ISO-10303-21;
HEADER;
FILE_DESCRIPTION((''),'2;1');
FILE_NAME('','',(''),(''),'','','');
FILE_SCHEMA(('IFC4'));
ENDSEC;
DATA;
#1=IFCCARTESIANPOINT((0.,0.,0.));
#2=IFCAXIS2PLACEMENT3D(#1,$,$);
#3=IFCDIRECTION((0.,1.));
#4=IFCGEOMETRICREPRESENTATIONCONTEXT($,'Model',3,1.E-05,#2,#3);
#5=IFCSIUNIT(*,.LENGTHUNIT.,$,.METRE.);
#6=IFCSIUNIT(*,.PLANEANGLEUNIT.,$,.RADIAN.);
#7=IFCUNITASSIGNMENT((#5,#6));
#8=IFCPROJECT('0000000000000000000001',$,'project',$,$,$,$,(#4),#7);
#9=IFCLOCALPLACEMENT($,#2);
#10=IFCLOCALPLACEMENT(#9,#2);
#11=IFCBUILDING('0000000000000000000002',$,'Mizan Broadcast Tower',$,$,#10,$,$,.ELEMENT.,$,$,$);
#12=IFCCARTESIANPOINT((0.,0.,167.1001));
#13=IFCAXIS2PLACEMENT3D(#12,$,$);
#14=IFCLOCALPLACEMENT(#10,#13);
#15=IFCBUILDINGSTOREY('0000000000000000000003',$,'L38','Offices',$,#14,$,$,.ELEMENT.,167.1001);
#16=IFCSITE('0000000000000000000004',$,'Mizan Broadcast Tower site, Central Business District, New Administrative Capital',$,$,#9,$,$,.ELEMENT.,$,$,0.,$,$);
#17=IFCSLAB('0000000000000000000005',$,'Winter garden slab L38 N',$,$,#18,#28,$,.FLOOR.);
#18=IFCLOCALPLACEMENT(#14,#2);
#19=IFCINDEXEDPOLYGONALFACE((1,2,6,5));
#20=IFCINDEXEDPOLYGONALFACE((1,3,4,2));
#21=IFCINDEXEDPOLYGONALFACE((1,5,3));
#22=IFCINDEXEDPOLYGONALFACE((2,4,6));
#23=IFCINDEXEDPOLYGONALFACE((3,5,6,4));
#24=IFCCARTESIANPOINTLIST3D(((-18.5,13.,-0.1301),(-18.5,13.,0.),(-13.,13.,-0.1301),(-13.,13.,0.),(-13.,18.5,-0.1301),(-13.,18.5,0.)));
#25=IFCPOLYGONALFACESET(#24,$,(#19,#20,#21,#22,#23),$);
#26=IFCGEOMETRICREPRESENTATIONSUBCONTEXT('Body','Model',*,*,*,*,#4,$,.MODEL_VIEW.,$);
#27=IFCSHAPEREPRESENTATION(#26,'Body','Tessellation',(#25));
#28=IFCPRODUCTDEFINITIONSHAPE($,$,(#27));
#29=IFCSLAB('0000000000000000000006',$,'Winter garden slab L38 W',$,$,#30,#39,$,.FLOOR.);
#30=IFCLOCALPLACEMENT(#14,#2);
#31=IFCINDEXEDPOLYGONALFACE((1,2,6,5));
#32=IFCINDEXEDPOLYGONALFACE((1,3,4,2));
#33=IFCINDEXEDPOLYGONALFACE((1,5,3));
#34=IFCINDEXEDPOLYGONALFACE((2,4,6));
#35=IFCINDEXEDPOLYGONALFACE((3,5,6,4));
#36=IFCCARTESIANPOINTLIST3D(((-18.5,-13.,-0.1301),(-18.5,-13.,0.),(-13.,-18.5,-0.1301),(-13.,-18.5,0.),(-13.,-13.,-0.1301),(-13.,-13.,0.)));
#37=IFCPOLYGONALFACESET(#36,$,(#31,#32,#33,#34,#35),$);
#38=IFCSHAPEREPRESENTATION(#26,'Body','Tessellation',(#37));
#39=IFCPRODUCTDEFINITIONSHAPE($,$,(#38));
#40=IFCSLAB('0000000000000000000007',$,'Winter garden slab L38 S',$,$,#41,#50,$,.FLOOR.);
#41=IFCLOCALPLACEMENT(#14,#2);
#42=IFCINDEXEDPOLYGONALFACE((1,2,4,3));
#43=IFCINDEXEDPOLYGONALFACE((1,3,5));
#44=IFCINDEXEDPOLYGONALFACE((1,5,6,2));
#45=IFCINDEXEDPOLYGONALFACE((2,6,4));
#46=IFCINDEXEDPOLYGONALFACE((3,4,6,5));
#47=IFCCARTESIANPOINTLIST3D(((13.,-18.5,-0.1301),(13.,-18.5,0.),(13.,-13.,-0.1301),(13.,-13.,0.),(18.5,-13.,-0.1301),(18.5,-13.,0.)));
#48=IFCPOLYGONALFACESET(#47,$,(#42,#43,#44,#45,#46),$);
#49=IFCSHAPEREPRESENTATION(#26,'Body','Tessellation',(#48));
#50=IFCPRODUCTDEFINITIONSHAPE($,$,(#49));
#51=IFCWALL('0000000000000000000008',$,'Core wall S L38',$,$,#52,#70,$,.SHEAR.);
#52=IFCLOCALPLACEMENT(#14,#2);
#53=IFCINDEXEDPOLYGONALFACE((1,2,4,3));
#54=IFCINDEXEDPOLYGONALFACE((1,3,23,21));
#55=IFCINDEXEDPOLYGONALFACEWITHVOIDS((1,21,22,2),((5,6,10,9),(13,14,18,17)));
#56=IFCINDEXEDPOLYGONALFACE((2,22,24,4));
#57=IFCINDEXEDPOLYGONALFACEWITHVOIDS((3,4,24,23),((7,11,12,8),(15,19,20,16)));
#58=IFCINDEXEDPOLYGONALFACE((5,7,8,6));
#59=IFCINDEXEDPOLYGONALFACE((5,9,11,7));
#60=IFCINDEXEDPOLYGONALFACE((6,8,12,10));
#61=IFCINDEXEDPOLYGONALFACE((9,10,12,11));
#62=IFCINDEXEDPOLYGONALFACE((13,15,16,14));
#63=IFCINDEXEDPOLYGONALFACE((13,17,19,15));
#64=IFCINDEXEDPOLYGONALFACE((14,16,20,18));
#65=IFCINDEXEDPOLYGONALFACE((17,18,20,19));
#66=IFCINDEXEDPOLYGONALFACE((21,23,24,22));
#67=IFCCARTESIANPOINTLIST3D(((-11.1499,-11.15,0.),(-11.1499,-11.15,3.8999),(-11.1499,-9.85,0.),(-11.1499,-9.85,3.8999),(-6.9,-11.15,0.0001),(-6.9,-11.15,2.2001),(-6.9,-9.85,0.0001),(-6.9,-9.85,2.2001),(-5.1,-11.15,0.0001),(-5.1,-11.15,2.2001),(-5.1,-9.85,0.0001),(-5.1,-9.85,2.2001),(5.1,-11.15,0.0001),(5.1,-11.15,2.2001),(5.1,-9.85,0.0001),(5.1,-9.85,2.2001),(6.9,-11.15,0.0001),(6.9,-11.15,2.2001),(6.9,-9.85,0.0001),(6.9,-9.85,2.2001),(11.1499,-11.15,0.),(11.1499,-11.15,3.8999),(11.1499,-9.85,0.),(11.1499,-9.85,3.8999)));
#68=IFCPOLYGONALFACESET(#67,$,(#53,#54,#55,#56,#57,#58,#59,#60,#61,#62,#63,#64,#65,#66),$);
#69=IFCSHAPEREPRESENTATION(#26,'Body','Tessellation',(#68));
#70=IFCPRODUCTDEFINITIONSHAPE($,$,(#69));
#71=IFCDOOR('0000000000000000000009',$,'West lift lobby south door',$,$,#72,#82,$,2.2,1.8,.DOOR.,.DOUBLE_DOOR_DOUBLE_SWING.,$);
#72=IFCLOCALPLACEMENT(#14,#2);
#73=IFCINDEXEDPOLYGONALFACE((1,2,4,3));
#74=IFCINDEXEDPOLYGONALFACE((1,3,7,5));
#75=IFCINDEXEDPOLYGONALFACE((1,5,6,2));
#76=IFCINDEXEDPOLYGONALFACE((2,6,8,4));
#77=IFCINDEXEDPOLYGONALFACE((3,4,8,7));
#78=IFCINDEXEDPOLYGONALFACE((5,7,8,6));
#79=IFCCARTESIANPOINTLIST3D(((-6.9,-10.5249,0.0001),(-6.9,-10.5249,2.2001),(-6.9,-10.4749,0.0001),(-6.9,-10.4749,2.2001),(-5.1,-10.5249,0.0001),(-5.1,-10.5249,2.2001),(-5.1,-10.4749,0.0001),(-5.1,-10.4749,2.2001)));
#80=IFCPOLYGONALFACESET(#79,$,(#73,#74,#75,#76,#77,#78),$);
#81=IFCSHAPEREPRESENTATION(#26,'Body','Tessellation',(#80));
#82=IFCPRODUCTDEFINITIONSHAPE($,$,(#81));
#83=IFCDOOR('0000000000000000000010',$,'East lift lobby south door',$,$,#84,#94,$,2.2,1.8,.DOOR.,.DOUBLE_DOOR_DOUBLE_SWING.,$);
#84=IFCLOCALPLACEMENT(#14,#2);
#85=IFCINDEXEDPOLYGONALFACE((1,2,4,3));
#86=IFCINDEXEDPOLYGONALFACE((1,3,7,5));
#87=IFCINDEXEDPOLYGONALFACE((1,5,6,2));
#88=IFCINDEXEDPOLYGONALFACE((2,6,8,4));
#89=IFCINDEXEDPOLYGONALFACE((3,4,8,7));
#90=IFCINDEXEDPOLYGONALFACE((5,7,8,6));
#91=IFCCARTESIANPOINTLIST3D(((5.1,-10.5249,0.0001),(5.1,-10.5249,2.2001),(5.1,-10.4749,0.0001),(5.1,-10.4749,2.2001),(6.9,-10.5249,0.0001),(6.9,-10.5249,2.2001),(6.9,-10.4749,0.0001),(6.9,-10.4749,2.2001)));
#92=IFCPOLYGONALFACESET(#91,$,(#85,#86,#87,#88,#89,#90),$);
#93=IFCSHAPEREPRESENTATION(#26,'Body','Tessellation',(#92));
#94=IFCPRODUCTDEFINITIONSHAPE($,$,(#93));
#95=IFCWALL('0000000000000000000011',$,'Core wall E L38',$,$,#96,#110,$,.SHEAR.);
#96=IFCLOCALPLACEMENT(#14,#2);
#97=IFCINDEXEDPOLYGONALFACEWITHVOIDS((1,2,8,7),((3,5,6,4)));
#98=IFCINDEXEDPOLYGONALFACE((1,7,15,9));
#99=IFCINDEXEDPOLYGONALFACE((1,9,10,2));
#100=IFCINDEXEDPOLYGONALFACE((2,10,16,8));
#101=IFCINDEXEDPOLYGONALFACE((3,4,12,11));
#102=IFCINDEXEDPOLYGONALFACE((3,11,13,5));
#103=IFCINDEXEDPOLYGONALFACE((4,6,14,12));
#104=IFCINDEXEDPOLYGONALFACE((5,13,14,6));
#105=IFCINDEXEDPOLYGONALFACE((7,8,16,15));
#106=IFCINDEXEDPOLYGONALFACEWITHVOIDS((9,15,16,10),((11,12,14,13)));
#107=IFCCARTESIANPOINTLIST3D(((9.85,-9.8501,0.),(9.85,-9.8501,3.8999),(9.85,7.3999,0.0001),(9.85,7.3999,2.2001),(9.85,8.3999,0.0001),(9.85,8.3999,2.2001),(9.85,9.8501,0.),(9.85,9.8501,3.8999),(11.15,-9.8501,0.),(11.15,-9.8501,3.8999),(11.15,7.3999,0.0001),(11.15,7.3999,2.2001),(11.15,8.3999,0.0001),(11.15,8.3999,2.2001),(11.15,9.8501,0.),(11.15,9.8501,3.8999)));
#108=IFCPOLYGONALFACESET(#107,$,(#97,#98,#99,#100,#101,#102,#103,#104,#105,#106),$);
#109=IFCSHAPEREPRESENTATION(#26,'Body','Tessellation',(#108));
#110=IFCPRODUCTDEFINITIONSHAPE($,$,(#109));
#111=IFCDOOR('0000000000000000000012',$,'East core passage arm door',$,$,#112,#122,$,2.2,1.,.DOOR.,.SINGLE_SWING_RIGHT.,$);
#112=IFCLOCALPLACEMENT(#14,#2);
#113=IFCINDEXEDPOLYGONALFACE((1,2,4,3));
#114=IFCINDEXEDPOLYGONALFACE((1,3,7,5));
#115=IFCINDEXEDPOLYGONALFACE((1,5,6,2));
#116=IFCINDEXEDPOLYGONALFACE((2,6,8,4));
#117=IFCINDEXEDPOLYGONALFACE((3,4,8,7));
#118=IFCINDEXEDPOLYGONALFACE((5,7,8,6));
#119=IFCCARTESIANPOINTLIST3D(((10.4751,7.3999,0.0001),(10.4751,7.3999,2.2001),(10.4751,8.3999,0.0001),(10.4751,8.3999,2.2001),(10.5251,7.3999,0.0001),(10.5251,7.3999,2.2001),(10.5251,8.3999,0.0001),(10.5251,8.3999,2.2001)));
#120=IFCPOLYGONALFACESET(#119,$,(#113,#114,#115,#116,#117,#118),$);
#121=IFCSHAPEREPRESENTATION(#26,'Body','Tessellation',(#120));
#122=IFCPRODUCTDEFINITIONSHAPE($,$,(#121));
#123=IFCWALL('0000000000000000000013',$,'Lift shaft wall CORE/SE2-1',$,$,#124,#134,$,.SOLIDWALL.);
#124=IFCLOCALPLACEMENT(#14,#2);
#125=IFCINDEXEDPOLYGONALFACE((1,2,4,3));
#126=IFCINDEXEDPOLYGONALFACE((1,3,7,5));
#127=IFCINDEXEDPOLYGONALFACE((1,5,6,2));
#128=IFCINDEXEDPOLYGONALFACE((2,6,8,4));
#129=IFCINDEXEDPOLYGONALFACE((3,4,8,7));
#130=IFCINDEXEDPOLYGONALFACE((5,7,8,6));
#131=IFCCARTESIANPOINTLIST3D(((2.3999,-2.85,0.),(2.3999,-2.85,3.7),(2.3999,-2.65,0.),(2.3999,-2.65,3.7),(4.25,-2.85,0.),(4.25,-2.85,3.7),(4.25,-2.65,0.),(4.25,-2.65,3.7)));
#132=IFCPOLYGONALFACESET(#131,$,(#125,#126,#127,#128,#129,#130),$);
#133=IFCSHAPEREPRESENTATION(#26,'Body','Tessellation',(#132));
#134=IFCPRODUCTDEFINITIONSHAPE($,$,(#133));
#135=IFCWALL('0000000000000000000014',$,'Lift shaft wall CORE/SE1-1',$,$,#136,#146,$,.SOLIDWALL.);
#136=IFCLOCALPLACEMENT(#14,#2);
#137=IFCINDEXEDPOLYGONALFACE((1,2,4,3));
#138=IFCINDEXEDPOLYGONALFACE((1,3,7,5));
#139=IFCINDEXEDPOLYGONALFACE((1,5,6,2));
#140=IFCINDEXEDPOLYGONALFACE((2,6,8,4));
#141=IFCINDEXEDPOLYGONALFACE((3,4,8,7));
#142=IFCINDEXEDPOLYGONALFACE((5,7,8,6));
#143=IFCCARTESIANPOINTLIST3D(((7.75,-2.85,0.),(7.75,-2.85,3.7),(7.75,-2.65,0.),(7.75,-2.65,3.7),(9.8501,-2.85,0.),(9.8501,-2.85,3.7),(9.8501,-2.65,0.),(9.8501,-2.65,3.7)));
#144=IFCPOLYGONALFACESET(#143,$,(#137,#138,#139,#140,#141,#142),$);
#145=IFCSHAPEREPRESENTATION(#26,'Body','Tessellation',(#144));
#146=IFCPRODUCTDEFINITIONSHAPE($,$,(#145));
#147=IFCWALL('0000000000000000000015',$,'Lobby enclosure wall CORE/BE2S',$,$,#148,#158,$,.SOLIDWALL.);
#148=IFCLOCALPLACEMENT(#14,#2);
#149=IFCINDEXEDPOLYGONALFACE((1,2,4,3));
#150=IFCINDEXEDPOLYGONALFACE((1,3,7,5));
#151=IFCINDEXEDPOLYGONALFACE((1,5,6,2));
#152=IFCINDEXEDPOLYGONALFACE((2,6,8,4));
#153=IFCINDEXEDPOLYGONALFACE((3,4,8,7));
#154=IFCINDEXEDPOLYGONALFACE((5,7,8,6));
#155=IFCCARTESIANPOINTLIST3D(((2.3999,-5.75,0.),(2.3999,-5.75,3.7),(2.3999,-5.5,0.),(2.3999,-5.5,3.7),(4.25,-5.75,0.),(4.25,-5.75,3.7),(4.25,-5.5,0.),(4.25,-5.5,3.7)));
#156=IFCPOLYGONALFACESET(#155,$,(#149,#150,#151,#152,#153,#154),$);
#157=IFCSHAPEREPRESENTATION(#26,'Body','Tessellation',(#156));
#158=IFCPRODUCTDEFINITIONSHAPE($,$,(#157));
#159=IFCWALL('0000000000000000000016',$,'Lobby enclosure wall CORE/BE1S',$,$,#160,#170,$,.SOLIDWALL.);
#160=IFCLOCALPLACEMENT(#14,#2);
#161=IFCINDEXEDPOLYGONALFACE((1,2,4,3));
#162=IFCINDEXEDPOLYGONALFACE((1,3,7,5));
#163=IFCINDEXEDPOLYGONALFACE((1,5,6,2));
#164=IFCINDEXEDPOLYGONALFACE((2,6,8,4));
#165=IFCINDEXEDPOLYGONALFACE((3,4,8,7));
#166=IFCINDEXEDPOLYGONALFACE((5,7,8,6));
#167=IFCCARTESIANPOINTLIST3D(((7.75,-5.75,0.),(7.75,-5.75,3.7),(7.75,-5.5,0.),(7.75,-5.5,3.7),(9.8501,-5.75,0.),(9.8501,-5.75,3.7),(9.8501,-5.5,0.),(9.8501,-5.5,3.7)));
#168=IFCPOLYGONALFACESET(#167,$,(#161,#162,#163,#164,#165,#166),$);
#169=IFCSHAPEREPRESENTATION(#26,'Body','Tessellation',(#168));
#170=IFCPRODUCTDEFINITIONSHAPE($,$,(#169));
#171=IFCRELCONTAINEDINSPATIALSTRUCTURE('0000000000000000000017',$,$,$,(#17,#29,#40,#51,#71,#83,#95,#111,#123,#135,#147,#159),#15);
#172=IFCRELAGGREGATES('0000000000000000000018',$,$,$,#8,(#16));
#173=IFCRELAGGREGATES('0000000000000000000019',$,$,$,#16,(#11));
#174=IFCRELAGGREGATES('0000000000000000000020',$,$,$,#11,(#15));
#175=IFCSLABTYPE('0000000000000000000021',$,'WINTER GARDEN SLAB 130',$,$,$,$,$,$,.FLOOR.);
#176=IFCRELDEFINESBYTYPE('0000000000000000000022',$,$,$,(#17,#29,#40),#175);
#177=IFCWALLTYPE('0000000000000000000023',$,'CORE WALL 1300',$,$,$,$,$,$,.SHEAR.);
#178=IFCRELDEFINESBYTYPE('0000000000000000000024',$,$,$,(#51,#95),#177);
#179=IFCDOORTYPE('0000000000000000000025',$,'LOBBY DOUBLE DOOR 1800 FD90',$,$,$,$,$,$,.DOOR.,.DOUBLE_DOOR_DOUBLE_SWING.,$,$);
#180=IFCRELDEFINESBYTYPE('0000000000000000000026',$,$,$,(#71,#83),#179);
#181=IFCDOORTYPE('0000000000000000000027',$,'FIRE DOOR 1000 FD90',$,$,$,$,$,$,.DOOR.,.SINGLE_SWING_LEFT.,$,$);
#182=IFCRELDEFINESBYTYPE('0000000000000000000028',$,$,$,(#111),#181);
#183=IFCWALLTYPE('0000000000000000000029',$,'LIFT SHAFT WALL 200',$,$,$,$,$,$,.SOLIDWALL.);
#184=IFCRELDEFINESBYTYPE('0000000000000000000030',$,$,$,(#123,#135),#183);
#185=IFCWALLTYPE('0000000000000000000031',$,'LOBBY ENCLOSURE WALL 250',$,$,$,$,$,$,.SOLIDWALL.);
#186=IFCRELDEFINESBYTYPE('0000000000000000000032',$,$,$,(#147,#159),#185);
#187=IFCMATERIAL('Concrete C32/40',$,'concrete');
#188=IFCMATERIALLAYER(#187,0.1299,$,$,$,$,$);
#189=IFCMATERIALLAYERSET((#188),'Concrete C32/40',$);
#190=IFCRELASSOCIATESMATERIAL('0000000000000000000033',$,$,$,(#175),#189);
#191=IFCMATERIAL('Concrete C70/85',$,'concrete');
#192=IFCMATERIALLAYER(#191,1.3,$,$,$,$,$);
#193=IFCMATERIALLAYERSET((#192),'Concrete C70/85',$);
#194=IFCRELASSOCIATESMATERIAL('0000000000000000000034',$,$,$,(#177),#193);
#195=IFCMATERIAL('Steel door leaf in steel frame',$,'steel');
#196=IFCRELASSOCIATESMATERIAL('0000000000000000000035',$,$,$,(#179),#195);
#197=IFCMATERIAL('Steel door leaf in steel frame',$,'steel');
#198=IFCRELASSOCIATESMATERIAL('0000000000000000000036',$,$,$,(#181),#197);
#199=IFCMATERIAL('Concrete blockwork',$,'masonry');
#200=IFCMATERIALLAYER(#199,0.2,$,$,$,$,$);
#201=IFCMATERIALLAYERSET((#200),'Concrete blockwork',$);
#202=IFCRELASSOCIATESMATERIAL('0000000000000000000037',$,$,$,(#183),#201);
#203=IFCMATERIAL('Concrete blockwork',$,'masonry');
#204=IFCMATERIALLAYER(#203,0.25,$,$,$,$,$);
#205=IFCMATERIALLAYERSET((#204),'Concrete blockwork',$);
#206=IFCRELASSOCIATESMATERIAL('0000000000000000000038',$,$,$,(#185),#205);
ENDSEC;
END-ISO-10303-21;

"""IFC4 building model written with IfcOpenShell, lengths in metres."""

from ifc_helpers import new_model, si_unit, direction, frame, frame_2d, origin, place, context, subcontext, project, spatial, polyline, rectangle, outline, extrude, material, layer, layer_set, type_object, element, fill, save


model = new_model("IFC4")

# Units and contexts
model_context = context("Model", 3, precision=1e-05, world=origin(), true_north=direction((0.0, 1.0)))
body_context = subcontext(model_context, "Body", "Model", "MODEL_VIEW")
ifc_project = project(units=[si_unit("LENGTHUNIT", "METRE"), si_unit("PLANEANGLEUNIT", "RADIAN")], contexts=[model_context])

# Site, building, storey
site_placement = place(None, origin())
site = spatial("IfcSite", under=ifc_project, at=site_placement, Name="Mizan Broadcast Tower site, Central Business District, New Administrative Capital", CompositionType="ELEMENT", RefElevation=0.0)
building_placement = place(site_placement, origin())
building = spatial("IfcBuilding", under=site, at=building_placement, Name="Mizan Broadcast Tower", CompositionType="ELEMENT")
storey_placement = place(building_placement, frame((0.0, 0.0, 167.1001)))
storey = spatial("IfcBuildingStorey", under=building, at=storey_placement, Name="L38", Description="Offices", CompositionType="ELEMENT", Elevation=167.1001)

# Slabs
ifc_material_1 = material(Name="Concrete C32/40", Category="concrete")
ifc_layer_1 = layer(ifc_material_1, 0.1299)
ifc_layer_set_1 = layer_set([ifc_layer_1], Name="Concrete C32/40")
slab_type_1 = type_object("IfcSlabType", Name="WINTER GARDEN SLAB 130", PredefinedType="FLOOR", material=ifc_layer_set_1)
slab_1_placement = place(storey_placement, frame((0.0, 0.0, -0.1301)))
element("IfcSlab", 1, at=slab_1_placement, inside=storey, type_object=slab_type_1, Name="Winter garden slab L38 N", PredefinedType="FLOOR", context=body_context, shape_type="SweptSolid", body=[
    extrude(outline(polyline([(-13.0, 13.0), (-13.0, 18.5), (-18.5, 13.0), (-13.0, 13.0)])), origin(), (0.0, 0.0, 1.0), 0.1301),
])
slab_2_placement = place(storey_placement, frame((0.0, 0.0, -0.1301)))
element("IfcSlab", 2, at=slab_2_placement, inside=storey, type_object=slab_type_1, Name="Winter garden slab L38 W", PredefinedType="FLOOR", context=body_context, shape_type="SweptSolid", body=[
    extrude(outline(polyline([(-13.0, -13.0), (-18.5, -13.0), (-13.0, -18.5), (-13.0, -13.0)])), origin(), (0.0, 0.0, 1.0), 0.1301),
])
slab_3_placement = place(storey_placement, frame((0.0, 0.0, -0.1301)))
element("IfcSlab", 3, at=slab_3_placement, inside=storey, type_object=slab_type_1, Name="Winter garden slab L38 S", PredefinedType="FLOOR", context=body_context, shape_type="SweptSolid", body=[
    extrude(outline(polyline([(13.0, -13.0), (13.0, -18.5), (18.5, -13.0), (13.0, -13.0)])), origin(), (0.0, 0.0, 1.0), 0.1301),
])

# Wall, openings, doors
ifc_material_2 = material(Name="Concrete C70/85", Category="concrete")
ifc_layer_2 = layer(ifc_material_2, 1.3)
ifc_layer_set_2 = layer_set([ifc_layer_2], Name="Concrete C70/85")
wall_type_1 = type_object("IfcWallType", Name="CORE WALL 1300", PredefinedType="SHEAR", material=ifc_layer_set_2)
wall_1_placement = place(storey_placement, frame((11.1499, -10.5, 0.0), z_axis=(0.0, 0.0, 1.0), x_axis=(-1.0, 0.0, 0.0)))
wall_1 = element("IfcWall", 4, at=wall_1_placement, inside=storey, type_object=wall_type_1, Name="Core wall S L38", PredefinedType="SHEAR", context=body_context, shape_type="SweptSolid", body=[
    extrude(rectangle(XDim=22.2998, YDim=1.3, at=frame_2d((11.1499, 0.0))), origin(), (0.0, 0.0, 1.0), 3.8999),
])
opening_1_placement = place(wall_1_placement, frame((16.25, 0.0, 0.0)))
opening_1 = element("IfcOpeningElement", 5, at=opening_1_placement, cuts=wall_1, PredefinedType="OPENING", context=body_context, shape_type="SweptSolid", body=[
    extrude(rectangle(XDim=1.8, YDim=2.2, at=frame_2d((0.8999, 1.1001))), frame((0.0, 0.6599, 0.0), z_axis=(0.0, -1.0, 0.0), x_axis=(1.0, 0.0, 0.0)), (0.0, 0.0, 1.0), 1.3201),
])
opening_2_placement = place(wall_1_placement, frame((4.25, 0.0, 0.0)))
opening_2 = element("IfcOpeningElement", 6, at=opening_2_placement, cuts=wall_1, PredefinedType="OPENING", context=body_context, shape_type="SweptSolid", body=[
    extrude(rectangle(XDim=1.8, YDim=2.2, at=frame_2d((0.8999, 1.1001))), frame((0.0, 0.6599, 0.0), z_axis=(0.0, -1.0, 0.0), x_axis=(1.0, 0.0, 0.0)), (0.0, 0.0, 1.0), 1.3201),
])
ifc_material_3 = material(Name="Steel door leaf in steel frame", Category="steel")
door_type_1 = type_object("IfcDoorType", Name="LOBBY DOUBLE DOOR 1800 FD90", OperationType="DOUBLE_DOOR_DOUBLE_SWING", PredefinedType="DOOR", material=ifc_material_3)
door_1_placement = place(opening_1_placement, origin())
door_1 = element("IfcDoor", 7, at=door_1_placement, inside=storey, type_object=door_type_1, Name="West lift lobby south door", OperationType="DOUBLE_DOOR_DOUBLE_SWING", OverallHeight=2.2, OverallWidth=1.8, PredefinedType="DOOR", context=body_context, shape_type="SweptSolid", body=[
    extrude(rectangle(XDim=1.8, YDim=2.2, at=frame_2d((0.8999, 1.1001))), frame((0.0, 0.0249, 0.0), z_axis=(0.0, -1.0, 0.0), x_axis=(1.0, 0.0, 0.0)), (0.0, 0.0, 1.0), 0.05),
])
fill(opening_1, door_1)
door_2_placement = place(opening_2_placement, origin())
door_2 = element("IfcDoor", 8, at=door_2_placement, inside=storey, type_object=door_type_1, Name="East lift lobby south door", OperationType="DOUBLE_DOOR_DOUBLE_SWING", OverallHeight=2.2, OverallWidth=1.8, PredefinedType="DOOR", context=body_context, shape_type="SweptSolid", body=[
    extrude(rectangle(XDim=1.8, YDim=2.2, at=frame_2d((0.8999, 1.1001))), frame((0.0, 0.0249, 0.0), z_axis=(0.0, -1.0, 0.0), x_axis=(1.0, 0.0, 0.0)), (0.0, 0.0, 1.0), 0.05),
])
fill(opening_2, door_2)

# Wall, opening, door
wall_2_placement = place(storey_placement, frame((10.5, -9.8501, 0.0), z_axis=(0.0, 0.0, 1.0), x_axis=(0.0, 1.0, 0.0)))
wall_2 = element("IfcWall", 9, at=wall_2_placement, inside=storey, type_object=wall_type_1, Name="Core wall E L38", PredefinedType="SHEAR", context=body_context, shape_type="SweptSolid", body=[
    extrude(rectangle(XDim=19.7002, YDim=1.3, at=frame_2d((9.8501, 0.0))), origin(), (0.0, 0.0, 1.0), 3.8999),
])
opening_3_placement = place(wall_2_placement, frame((17.25, 0.0, 0.0)))
opening_3 = element("IfcOpeningElement", 10, at=opening_3_placement, cuts=wall_2, PredefinedType="OPENING", context=body_context, shape_type="SweptSolid", body=[
    extrude(rectangle(XDim=1.0, YDim=2.2, at=frame_2d((0.5, 1.1001))), frame((0.0, 0.6599, 0.0), z_axis=(0.0, -1.0, 0.0), x_axis=(1.0, 0.0, 0.0)), (0.0, 0.0, 1.0), 1.3201),
])
ifc_material_4 = material(Name="Steel door leaf in steel frame", Category="steel")
door_type_2 = type_object("IfcDoorType", Name="FIRE DOOR 1000 FD90", OperationType="SINGLE_SWING_LEFT", PredefinedType="DOOR", material=ifc_material_4)
door_3_placement = place(opening_3_placement, origin())
door_3 = element("IfcDoor", 11, at=door_3_placement, inside=storey, type_object=door_type_2, Name="East core passage arm door", OperationType="SINGLE_SWING_RIGHT", OverallHeight=2.2, OverallWidth=1.0, PredefinedType="DOOR", context=body_context, shape_type="SweptSolid", body=[
    extrude(rectangle(XDim=1.0, YDim=2.2, at=frame_2d((0.5, 1.1001))), frame((0.0, 0.0249, 0.0), z_axis=(0.0, -1.0, 0.0), x_axis=(1.0, 0.0, 0.0)), (0.0, 0.0, 1.0), 0.05),
])
fill(opening_3, door_3)

# Walls
ifc_material_5 = material(Name="Concrete blockwork", Category="masonry")
ifc_layer_3 = layer(ifc_material_5, 0.2)
ifc_layer_set_3 = layer_set([ifc_layer_3], Name="Concrete blockwork")
wall_type_2 = type_object("IfcWallType", Name="LIFT SHAFT WALL 200", PredefinedType="SOLIDWALL", material=ifc_layer_set_3)
wall_3_placement = place(storey_placement, frame((2.3999, -2.75, 0.0), z_axis=(0.0, 0.0, 1.0), x_axis=(1.0, 0.0, 0.0)))
element("IfcWall", 12, at=wall_3_placement, inside=storey, type_object=wall_type_2, Name="Lift shaft wall CORE/SE2-1", PredefinedType="SOLIDWALL", context=body_context, shape_type="SweptSolid", body=[
    extrude(rectangle(XDim=1.8501, YDim=0.2, at=frame_2d((0.925, 0.0))), origin(), (0.0, 0.0, 1.0), 3.7),
])
wall_4_placement = place(storey_placement, frame((7.75, -2.75, 0.0), z_axis=(0.0, 0.0, 1.0), x_axis=(1.0, 0.0, 0.0)))
element("IfcWall", 13, at=wall_4_placement, inside=storey, type_object=wall_type_2, Name="Lift shaft wall CORE/SE1-1", PredefinedType="SOLIDWALL", context=body_context, shape_type="SweptSolid", body=[
    extrude(rectangle(XDim=2.1001, YDim=0.2, at=frame_2d((1.05, 0.0))), origin(), (0.0, 0.0, 1.0), 3.7),
])
ifc_material_6 = material(Name="Concrete blockwork", Category="masonry")
ifc_layer_4 = layer(ifc_material_6, 0.25)
ifc_layer_set_4 = layer_set([ifc_layer_4], Name="Concrete blockwork")
wall_type_3 = type_object("IfcWallType", Name="LOBBY ENCLOSURE WALL 250", PredefinedType="SOLIDWALL", material=ifc_layer_set_4)
wall_5_placement = place(storey_placement, frame((2.3999, -5.625, 0.0), z_axis=(0.0, 0.0, 1.0), x_axis=(1.0, 0.0, 0.0)))
element("IfcWall", 14, at=wall_5_placement, inside=storey, type_object=wall_type_3, Name="Lobby enclosure wall CORE/BE2S", PredefinedType="SOLIDWALL", context=body_context, shape_type="SweptSolid", body=[
    extrude(rectangle(XDim=1.8501, YDim=0.25, at=frame_2d((0.925, 0.0))), origin(), (0.0, 0.0, 1.0), 3.7),
])
wall_6_placement = place(storey_placement, frame((7.75, -5.625, 0.0), z_axis=(0.0, 0.0, 1.0), x_axis=(1.0, 0.0, 0.0)))
element("IfcWall", 15, at=wall_6_placement, inside=storey, type_object=wall_type_3, Name="Lobby enclosure wall CORE/BE1S", PredefinedType="SOLIDWALL", context=body_context, shape_type="SweptSolid", body=[
    extrude(rectangle(XDim=2.1001, YDim=0.25, at=frame_2d((1.05, 0.0))), origin(), (0.0, 0.0, 1.0), 3.7),
])

save(model, "model.ifc")
